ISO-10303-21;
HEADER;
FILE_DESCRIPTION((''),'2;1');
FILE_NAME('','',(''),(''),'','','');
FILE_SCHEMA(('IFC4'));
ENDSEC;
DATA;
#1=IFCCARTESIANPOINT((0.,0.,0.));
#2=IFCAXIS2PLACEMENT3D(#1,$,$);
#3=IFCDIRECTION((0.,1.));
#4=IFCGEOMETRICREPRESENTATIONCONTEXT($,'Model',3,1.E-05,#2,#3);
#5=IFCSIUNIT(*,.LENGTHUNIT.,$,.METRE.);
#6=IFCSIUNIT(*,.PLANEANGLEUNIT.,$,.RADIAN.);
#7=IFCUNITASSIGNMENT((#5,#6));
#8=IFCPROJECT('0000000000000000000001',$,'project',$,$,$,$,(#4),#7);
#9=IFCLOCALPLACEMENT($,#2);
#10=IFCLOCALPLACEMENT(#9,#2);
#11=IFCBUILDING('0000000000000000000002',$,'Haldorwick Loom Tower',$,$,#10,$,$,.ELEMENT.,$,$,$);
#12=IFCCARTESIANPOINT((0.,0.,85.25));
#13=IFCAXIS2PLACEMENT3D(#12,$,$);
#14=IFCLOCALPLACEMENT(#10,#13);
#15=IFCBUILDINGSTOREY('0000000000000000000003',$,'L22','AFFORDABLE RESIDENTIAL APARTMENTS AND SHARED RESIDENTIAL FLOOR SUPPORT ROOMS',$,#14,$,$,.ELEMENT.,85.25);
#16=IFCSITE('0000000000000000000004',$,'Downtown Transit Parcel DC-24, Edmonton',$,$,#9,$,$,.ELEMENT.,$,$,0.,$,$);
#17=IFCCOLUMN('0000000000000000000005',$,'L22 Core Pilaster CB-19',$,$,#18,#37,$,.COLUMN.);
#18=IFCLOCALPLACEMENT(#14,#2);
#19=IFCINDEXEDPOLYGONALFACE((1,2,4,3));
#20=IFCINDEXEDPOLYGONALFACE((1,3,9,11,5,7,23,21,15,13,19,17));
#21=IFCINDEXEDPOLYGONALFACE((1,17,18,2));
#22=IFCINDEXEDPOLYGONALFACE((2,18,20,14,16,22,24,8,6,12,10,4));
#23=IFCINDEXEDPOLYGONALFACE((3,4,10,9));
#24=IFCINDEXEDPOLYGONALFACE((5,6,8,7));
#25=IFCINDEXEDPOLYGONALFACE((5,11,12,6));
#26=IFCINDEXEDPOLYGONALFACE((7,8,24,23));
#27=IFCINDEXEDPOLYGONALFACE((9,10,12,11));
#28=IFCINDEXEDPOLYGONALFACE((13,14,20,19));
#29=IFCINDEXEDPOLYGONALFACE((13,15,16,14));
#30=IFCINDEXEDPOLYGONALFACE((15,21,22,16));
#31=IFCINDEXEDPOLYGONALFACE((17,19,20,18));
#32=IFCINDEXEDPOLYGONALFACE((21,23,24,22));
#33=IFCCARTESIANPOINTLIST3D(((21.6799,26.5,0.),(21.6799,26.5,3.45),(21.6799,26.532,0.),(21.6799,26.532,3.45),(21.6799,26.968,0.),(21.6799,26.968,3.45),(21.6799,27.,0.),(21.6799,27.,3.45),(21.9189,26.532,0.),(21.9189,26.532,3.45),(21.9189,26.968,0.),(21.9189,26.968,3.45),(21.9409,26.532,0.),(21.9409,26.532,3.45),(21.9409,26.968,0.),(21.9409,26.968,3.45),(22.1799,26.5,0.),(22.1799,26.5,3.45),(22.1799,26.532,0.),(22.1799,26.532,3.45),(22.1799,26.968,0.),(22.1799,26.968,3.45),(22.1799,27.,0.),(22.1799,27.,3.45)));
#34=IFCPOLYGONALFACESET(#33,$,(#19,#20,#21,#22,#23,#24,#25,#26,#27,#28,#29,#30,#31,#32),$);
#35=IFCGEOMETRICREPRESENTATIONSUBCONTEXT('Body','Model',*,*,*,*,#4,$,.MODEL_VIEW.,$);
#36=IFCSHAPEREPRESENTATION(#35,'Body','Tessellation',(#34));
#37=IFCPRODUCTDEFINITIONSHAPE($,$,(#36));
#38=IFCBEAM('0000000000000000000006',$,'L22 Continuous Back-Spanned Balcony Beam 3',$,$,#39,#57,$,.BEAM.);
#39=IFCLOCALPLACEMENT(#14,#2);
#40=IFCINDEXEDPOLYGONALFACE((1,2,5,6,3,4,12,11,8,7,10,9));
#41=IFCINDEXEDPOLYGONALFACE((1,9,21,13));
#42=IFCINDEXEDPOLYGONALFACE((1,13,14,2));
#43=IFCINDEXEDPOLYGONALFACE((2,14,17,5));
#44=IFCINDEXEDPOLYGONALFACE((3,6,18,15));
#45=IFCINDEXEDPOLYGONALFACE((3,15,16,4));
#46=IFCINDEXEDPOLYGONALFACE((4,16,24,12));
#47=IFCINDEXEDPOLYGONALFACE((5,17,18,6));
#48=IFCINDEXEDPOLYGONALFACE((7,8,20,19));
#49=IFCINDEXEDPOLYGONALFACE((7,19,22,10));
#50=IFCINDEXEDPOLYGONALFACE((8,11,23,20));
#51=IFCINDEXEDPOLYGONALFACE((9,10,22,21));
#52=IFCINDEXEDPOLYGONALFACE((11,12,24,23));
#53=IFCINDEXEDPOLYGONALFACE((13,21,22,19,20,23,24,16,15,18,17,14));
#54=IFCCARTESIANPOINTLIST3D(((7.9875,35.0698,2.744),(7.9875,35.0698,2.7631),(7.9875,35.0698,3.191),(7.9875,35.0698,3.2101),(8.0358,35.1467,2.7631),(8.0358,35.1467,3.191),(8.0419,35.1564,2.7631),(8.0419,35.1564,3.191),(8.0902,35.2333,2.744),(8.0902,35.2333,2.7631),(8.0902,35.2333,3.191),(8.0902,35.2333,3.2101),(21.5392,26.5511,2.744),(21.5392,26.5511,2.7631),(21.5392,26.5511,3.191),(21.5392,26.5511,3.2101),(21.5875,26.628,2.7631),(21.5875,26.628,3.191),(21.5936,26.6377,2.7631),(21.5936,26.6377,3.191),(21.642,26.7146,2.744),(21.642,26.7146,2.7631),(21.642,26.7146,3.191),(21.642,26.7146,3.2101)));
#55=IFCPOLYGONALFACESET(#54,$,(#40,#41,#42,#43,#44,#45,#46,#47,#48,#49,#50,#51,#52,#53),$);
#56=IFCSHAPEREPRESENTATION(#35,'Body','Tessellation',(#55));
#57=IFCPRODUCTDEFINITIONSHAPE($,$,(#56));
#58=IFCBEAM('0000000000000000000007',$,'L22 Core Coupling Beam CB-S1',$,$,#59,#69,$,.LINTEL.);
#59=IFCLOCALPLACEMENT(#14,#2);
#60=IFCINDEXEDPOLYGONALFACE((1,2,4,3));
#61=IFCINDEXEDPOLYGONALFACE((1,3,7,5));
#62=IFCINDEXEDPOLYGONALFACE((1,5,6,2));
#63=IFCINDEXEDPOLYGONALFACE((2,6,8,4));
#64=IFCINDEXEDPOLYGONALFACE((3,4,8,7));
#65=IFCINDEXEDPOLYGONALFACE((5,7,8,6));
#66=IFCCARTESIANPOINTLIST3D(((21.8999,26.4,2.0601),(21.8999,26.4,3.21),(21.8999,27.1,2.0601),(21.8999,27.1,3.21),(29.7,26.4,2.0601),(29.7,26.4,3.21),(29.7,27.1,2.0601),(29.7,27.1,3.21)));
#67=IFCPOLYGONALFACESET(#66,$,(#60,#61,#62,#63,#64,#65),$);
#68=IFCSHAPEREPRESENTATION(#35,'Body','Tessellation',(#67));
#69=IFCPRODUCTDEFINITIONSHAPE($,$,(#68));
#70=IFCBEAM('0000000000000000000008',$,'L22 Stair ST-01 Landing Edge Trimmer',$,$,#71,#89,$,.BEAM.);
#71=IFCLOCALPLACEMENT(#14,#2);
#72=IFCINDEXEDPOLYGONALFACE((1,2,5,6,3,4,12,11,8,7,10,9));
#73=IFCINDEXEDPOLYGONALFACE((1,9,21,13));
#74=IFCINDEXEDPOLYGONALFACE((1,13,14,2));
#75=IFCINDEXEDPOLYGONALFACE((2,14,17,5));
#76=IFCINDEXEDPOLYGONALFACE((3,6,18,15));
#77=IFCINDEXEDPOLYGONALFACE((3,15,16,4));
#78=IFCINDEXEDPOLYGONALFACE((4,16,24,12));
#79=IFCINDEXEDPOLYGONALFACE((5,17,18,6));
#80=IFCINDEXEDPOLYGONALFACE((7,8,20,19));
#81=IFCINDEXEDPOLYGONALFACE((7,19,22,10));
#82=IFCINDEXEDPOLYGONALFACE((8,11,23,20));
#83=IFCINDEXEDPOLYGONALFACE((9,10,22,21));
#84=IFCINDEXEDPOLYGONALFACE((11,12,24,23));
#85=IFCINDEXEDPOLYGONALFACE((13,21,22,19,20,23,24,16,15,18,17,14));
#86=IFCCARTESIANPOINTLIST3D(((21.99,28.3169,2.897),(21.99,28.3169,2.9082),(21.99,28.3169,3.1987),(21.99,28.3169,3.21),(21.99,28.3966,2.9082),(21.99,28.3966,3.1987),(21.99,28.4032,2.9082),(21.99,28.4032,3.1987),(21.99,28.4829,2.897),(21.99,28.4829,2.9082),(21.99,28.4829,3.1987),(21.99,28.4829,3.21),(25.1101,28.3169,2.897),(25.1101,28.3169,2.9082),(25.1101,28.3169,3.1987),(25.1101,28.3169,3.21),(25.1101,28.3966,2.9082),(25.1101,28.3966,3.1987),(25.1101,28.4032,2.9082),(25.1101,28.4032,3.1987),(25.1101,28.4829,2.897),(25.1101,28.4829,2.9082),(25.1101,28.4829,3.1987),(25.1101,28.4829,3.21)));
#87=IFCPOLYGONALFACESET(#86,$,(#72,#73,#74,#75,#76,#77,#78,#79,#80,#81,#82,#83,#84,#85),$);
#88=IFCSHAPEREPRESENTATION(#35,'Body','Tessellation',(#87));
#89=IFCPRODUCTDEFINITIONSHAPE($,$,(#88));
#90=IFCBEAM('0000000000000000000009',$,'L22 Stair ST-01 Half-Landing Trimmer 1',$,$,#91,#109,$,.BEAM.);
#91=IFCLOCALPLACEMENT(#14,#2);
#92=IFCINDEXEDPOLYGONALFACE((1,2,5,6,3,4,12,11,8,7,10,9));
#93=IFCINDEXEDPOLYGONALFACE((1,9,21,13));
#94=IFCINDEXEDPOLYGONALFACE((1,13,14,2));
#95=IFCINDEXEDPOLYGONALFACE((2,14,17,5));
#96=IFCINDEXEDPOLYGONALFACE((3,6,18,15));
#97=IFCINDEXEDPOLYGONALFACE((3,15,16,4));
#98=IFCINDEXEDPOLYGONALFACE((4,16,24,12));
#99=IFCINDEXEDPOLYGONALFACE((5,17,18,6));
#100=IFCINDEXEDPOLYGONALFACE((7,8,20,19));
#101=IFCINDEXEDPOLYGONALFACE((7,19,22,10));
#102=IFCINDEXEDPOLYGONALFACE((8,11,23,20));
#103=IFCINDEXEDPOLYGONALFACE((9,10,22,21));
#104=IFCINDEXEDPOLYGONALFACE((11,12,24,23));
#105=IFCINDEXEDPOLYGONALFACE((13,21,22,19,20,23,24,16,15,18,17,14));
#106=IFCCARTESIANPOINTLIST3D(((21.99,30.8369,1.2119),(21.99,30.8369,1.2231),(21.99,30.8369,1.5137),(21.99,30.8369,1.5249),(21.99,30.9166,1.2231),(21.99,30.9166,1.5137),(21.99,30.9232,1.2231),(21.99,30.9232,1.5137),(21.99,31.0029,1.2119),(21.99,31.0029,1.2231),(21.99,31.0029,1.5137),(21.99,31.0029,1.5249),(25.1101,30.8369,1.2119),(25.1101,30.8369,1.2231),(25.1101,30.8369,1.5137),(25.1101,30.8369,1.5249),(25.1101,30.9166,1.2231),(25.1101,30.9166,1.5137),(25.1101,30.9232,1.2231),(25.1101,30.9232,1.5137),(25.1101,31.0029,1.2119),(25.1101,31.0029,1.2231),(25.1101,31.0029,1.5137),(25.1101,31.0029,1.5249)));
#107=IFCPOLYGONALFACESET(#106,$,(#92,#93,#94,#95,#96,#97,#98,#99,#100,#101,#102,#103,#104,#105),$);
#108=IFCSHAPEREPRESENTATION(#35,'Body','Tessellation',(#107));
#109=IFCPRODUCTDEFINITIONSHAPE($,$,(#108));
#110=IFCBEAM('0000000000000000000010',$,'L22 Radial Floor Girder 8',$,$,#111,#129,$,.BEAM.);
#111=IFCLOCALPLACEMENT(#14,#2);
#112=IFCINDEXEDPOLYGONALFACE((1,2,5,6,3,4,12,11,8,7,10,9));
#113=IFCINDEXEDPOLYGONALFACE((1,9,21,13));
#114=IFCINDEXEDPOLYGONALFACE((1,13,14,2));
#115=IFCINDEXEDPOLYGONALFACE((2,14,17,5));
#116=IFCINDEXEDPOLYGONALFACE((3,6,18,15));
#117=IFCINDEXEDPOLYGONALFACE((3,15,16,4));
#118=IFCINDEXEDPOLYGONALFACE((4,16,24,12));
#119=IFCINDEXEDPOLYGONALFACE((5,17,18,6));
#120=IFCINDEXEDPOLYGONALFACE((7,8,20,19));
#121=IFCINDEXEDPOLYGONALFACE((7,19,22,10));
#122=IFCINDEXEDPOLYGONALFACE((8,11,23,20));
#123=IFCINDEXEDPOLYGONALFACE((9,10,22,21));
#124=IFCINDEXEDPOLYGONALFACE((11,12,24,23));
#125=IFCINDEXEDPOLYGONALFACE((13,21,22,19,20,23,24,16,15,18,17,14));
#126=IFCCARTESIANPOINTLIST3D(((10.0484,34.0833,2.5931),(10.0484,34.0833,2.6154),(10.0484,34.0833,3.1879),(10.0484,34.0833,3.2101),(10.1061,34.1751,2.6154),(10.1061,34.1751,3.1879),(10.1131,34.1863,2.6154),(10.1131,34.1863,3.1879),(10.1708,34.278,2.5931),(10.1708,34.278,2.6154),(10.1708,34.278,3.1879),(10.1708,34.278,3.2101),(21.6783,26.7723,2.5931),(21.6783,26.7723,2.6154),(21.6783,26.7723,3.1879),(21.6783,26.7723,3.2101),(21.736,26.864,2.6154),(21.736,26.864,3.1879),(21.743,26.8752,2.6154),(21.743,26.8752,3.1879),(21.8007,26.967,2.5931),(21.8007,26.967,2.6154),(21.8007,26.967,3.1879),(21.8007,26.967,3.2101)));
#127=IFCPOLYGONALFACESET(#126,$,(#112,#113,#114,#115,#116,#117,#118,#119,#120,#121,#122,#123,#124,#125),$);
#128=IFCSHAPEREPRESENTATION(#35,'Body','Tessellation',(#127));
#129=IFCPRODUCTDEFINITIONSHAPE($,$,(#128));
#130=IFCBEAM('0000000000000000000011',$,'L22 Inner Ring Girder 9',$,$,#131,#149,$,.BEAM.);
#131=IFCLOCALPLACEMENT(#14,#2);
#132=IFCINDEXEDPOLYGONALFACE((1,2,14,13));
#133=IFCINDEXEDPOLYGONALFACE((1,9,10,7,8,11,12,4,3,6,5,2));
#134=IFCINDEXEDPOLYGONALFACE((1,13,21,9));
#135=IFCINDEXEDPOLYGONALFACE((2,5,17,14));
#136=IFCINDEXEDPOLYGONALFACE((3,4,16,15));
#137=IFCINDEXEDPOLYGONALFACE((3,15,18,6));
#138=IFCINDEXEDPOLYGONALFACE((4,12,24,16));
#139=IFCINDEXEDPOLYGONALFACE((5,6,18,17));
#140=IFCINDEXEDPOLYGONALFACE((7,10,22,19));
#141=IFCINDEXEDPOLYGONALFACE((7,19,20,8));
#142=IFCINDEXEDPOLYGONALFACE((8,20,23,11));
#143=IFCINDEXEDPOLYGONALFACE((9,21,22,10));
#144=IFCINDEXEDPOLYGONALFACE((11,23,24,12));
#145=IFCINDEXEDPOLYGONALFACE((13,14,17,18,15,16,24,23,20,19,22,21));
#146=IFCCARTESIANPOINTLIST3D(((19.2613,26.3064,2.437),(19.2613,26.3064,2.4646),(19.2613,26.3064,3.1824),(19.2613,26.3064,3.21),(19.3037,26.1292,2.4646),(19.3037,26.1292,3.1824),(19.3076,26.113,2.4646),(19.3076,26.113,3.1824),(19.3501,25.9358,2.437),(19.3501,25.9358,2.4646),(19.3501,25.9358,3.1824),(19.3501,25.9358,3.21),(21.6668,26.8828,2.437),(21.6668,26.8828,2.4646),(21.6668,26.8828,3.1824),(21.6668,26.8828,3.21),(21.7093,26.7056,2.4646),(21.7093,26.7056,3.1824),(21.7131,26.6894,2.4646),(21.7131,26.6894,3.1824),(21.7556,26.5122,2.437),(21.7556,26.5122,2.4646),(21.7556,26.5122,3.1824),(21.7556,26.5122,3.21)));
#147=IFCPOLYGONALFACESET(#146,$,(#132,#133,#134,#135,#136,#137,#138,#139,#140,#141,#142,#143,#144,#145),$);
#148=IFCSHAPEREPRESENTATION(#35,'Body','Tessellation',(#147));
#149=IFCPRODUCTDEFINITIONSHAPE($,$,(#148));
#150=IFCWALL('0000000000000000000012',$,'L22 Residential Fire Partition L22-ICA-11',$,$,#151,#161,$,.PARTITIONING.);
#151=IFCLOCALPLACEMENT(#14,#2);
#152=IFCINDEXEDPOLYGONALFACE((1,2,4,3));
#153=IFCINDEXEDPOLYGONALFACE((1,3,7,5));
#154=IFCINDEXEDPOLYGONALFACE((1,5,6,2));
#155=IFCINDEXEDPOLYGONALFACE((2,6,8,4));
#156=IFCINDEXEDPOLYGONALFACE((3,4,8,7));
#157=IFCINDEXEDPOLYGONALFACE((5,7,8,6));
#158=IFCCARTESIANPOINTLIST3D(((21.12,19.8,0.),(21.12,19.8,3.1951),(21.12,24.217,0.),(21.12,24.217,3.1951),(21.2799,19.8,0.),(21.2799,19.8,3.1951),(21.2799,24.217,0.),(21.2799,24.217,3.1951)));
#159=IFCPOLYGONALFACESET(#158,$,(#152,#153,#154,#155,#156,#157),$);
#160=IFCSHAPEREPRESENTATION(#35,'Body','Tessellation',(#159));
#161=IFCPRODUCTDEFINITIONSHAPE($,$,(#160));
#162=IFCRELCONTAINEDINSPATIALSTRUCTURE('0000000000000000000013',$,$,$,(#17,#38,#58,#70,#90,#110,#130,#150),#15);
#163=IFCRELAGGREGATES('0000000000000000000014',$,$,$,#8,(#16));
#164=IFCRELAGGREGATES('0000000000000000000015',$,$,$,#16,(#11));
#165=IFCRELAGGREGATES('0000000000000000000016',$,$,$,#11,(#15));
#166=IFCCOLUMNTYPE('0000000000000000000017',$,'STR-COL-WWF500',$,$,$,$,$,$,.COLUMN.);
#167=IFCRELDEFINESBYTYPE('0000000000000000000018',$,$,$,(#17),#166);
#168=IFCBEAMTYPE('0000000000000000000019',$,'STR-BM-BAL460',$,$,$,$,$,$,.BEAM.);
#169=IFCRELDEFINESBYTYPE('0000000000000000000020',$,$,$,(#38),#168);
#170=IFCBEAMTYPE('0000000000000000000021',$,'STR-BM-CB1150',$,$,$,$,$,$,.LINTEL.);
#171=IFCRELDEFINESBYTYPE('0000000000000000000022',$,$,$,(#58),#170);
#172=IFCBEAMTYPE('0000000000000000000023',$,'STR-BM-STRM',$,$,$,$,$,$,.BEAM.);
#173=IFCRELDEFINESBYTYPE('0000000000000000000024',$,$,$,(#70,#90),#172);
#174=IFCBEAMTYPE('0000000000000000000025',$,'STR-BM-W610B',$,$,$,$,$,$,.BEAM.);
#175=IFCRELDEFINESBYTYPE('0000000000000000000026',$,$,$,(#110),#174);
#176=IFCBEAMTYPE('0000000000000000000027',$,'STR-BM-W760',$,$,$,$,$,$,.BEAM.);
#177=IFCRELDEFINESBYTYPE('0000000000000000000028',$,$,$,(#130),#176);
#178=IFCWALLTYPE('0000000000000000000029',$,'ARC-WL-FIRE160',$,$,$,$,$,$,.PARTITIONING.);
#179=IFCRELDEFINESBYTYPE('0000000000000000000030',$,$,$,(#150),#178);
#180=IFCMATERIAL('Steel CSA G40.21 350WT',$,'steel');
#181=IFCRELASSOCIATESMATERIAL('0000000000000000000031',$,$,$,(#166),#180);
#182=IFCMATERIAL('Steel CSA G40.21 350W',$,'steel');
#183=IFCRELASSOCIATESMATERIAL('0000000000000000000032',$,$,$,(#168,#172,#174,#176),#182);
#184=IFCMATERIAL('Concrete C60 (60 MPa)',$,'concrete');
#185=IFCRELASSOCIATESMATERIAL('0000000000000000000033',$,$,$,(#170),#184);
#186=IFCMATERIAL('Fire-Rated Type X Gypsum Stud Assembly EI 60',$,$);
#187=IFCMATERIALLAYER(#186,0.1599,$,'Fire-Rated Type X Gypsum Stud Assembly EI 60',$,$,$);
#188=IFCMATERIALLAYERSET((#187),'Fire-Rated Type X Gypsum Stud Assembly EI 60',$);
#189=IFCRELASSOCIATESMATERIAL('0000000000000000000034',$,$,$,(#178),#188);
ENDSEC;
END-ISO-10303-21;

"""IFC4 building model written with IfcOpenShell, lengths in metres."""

from ifc_helpers import new_model, si_unit, direction, frame, frame_2d, origin, origin_2d, place, context, subcontext, project, spatial, rectangle, i_section, extrude, material, layer, layer_set, material_profile, profile_set, type_object, element, save


model = new_model("IFC4")

# Units and contexts
model_context = context("Model", 3, precision=1e-05, world=origin(), true_north=direction((0.0, 1.0)))
body_context = subcontext(model_context, "Body", "Model", "MODEL_VIEW")
ifc_project = project(units=[si_unit("LENGTHUNIT", "METRE"), si_unit("PLANEANGLEUNIT", "RADIAN")], contexts=[model_context])

# Site, building, storey
site_placement = place(None, origin())
site = spatial("IfcSite", under=ifc_project, at=site_placement, Name="Downtown Transit Parcel DC-24, Edmonton", CompositionType="ELEMENT", RefElevation=0.0)
building_placement = place(site_placement, origin())
building = spatial("IfcBuilding", under=site, at=building_placement, Name="Haldorwick Loom Tower", CompositionType="ELEMENT")
storey_placement = place(building_placement, frame((0.0, 0.0, 85.25)))
storey = spatial("IfcBuildingStorey", under=building, at=storey_placement, Name="L22", Description="AFFORDABLE RESIDENTIAL APARTMENTS AND SHARED RESIDENTIAL FLOOR SUPPORT ROOMS", CompositionType="ELEMENT", Elevation=85.25)

# Column
ifc_material_1 = material(Name="Steel CSA G40.21 350WT", Category="steel")
ifc_material_profile_1 = material_profile(ifc_material_1, i_section(OverallWidth=0.5, OverallDepth=0.5, WebThickness=0.022, FlangeThickness=0.032, at=origin_2d()), Name="WWF500X500", Category="steel")
ifc_profile_set_1 = profile_set([ifc_material_profile_1], Name="Steel CSA G40.21 350WT")
column_type = type_object("IfcColumnType", Name="STR-COL-WWF500", PredefinedType="COLUMN", material=ifc_profile_set_1)
column_placement = place(storey_placement, frame((21.9299, 26.75, 0.0), z_axis=(0.0, 0.0, 1.0), x_axis=(1.0, 0.0, 0.0)))
element("IfcColumn", 1, at=column_placement, inside=storey, type_object=column_type, Name="L22 Core Pilaster CB-19", PredefinedType="COLUMN", context=body_context, shape_type="SweptSolid", body=[
    extrude(i_section(OverallWidth=0.5, OverallDepth=0.5, WebThickness=0.022, FlangeThickness=0.032, at=origin_2d()), origin(), (0.0, 0.0, 1.0), 3.45),
])

# Beams
ifc_material_2 = material(Name="Steel CSA G40.21 350W", Category="steel")
ifc_material_profile_2 = material_profile(ifc_material_2, i_section(OverallWidth=0.1931, OverallDepth=0.4661, WebThickness=0.0115, FlangeThickness=0.019, at=origin_2d()), Name="W460X97", Category="steel")
ifc_profile_set_2 = profile_set([ifc_material_profile_2], Name="Steel CSA G40.21 350W")
beam_type_1 = type_object("IfcBeamType", Name="STR-BM-BAL460", PredefinedType="BEAM", material=ifc_profile_set_2)
beam_1_placement = place(storey_placement, frame((21.5906, 26.6328, 2.9771), z_axis=(-0.846621, 0.532196, 0.0), x_axis=(-0.532196, -0.846621, 0.0)))
element("IfcBeam", 2, at=beam_1_placement, inside=storey, type_object=beam_type_1, Name="L22 Continuous Back-Spanned Balcony Beam 3", PredefinedType="BEAM", context=body_context, shape_type="SweptSolid", body=[
    extrude(i_section(OverallWidth=0.1931, OverallDepth=0.4661, WebThickness=0.0115, FlangeThickness=0.019, at=origin_2d()), origin(), (0.0, 0.0, 1.0), 16.0068),
])
ifc_material_3 = material(Name="Concrete C60 (60 MPa)", Category="concrete")
ifc_material_profile_3 = material_profile(ifc_material_3, rectangle(XDim=0.7, YDim=1.1499, at=origin_2d()), Name="RC700X1150", Category="concrete")
ifc_profile_set_3 = profile_set([ifc_material_profile_3], Name="Concrete C60 (60 MPa)")
beam_type_2 = type_object("IfcBeamType", Name="STR-BM-CB1150", PredefinedType="LINTEL", material=ifc_profile_set_3)
beam_2_placement = place(storey_placement, frame((21.8999, 26.75, 2.635), z_axis=(1.0, 0.0, 0.0), x_axis=(0.0, 1.0, 0.0)))
element("IfcBeam", 3, at=beam_2_placement, inside=storey, type_object=beam_type_2, Name="L22 Core Coupling Beam CB-S1", PredefinedType="LINTEL", context=body_context, shape_type="SweptSolid", body=[
    extrude(rectangle(XDim=0.7, YDim=1.1499, at=origin_2d()), origin(), (0.0, 0.0, 1.0), 7.8),
])
ifc_material_profile_4 = material_profile(ifc_material_2, i_section(OverallWidth=0.166, OverallDepth=0.313, WebThickness=0.0066, FlangeThickness=0.0112, at=origin_2d()), Name="W310X45", Category="steel")
ifc_profile_set_4 = profile_set([ifc_material_profile_4], Name="Steel CSA G40.21 350W")
beam_type_3 = type_object("IfcBeamType", Name="STR-BM-STRM", PredefinedType="BEAM", material=ifc_profile_set_4)
for number, where, z_axis, x_axis, name in (
    (4, (21.99, 28.3999, 3.0535), (1.0, 0.0, 0.0), (0.0, 1.0, 0.0), "L22 Stair ST-01 Landing Edge Trimmer"),
    (5, (21.99, 30.9199, 1.3684), (1.0, 0.0, 0.0), (0.0, 1.0, 0.0), "L22 Stair ST-01 Half-Landing Trimmer 1"),
):
    element("IfcBeam", number, at=place(storey_placement, frame(where, z_axis=z_axis, x_axis=x_axis)), inside=storey, type_object=beam_type_3, Name=name, PredefinedType="BEAM", context=body_context, shape_type="SweptSolid", body=[
        extrude(i_section(OverallWidth=0.166, OverallDepth=0.313, WebThickness=0.0066, FlangeThickness=0.0112, at=origin_2d()), origin(), (0.0, 0.0, 1.0), 3.1201),
    ])
ifc_material_profile_5 = material_profile(ifc_material_2, i_section(OverallWidth=0.23, OverallDepth=0.6169, WebThickness=0.0132, FlangeThickness=0.0222, at=origin_2d()), Name="W610X140", Category="steel")
ifc_profile_set_5 = profile_set([ifc_material_profile_5], Name="Steel CSA G40.21 350W")
beam_type_4 = type_object("IfcBeamType", Name="STR-BM-W610B", PredefinedType="BEAM", material=ifc_profile_set_5)
beam_3_placement = place(storey_placement, frame((21.7395, 26.8696, 2.9016), z_axis=(-0.84661, 0.532214, 0.0), x_axis=(-0.532214, -0.84661, 0.0)))
element("IfcBeam", 6, at=beam_3_placement, inside=storey, type_object=beam_type_4, Name="L22 Radial Floor Girder 8", PredefinedType="BEAM", context=body_context, shape_type="SweptSolid", body=[
    extrude(i_section(OverallWidth=0.23, OverallDepth=0.6169, WebThickness=0.0132, FlangeThickness=0.0222, at=origin_2d()), origin(), (0.0, 0.0, 1.0), 13.7371),
])
ifc_material_profile_6 = material_profile(ifc_material_2, i_section(OverallWidth=0.3811, OverallDepth=0.7729, WebThickness=0.0166, FlangeThickness=0.0276, at=origin_2d()), Name="W760X257", Category="steel")
ifc_profile_set_6 = profile_set([ifc_material_profile_6], Name="Steel CSA G40.21 350W")
beam_type_5 = type_object("IfcBeamType", Name="STR-BM-W760", PredefinedType="BEAM", material=ifc_profile_set_6)
beam_4_placement = place(storey_placement, frame((19.3057, 26.1211, 2.8235), z_axis=(0.972471, 0.233026, 0.0), x_axis=(-0.233026, 0.972471, 0.0)))
element("IfcBeam", 7, at=beam_4_placement, inside=storey, type_object=beam_type_5, Name="L22 Inner Ring Girder 9", PredefinedType="BEAM", context=body_context, shape_type="SweptSolid", body=[
    extrude(i_section(OverallWidth=0.3811, OverallDepth=0.7729, WebThickness=0.0166, FlangeThickness=0.0276, at=origin_2d()), origin(), (0.0, 0.0, 1.0), 2.4736),
])

# Wall
ifc_material_4 = material(Name="Fire-Rated Type X Gypsum Stud Assembly EI 60")
ifc_layer_1 = layer(ifc_material_4, 0.1599, Name="Fire-Rated Type X Gypsum Stud Assembly EI 60")
ifc_layer_set_1 = layer_set([ifc_layer_1], Name="Fire-Rated Type X Gypsum Stud Assembly EI 60")
wall_type_1 = type_object("IfcWallType", Name="ARC-WL-FIRE160", PredefinedType="PARTITIONING", material=ifc_layer_set_1)
wall_1_placement = place(storey_placement, frame((21.2, 24.217, 0.0), z_axis=(0.0, 0.0, 1.0), x_axis=(0.0, -1.0, 0.0)))
element("IfcWall", 8, at=wall_1_placement, inside=storey, type_object=wall_type_1, Name="L22 Residential Fire Partition L22-ICA-11", PredefinedType="PARTITIONING", context=body_context, shape_type="SweptSolid", body=[
    extrude(rectangle(XDim=4.417, YDim=0.1599, at=frame_2d((2.2085, 0.0))), origin(), (0.0, 0.0, 1.0), 3.1951),
])

save(model, "model.ifc")
